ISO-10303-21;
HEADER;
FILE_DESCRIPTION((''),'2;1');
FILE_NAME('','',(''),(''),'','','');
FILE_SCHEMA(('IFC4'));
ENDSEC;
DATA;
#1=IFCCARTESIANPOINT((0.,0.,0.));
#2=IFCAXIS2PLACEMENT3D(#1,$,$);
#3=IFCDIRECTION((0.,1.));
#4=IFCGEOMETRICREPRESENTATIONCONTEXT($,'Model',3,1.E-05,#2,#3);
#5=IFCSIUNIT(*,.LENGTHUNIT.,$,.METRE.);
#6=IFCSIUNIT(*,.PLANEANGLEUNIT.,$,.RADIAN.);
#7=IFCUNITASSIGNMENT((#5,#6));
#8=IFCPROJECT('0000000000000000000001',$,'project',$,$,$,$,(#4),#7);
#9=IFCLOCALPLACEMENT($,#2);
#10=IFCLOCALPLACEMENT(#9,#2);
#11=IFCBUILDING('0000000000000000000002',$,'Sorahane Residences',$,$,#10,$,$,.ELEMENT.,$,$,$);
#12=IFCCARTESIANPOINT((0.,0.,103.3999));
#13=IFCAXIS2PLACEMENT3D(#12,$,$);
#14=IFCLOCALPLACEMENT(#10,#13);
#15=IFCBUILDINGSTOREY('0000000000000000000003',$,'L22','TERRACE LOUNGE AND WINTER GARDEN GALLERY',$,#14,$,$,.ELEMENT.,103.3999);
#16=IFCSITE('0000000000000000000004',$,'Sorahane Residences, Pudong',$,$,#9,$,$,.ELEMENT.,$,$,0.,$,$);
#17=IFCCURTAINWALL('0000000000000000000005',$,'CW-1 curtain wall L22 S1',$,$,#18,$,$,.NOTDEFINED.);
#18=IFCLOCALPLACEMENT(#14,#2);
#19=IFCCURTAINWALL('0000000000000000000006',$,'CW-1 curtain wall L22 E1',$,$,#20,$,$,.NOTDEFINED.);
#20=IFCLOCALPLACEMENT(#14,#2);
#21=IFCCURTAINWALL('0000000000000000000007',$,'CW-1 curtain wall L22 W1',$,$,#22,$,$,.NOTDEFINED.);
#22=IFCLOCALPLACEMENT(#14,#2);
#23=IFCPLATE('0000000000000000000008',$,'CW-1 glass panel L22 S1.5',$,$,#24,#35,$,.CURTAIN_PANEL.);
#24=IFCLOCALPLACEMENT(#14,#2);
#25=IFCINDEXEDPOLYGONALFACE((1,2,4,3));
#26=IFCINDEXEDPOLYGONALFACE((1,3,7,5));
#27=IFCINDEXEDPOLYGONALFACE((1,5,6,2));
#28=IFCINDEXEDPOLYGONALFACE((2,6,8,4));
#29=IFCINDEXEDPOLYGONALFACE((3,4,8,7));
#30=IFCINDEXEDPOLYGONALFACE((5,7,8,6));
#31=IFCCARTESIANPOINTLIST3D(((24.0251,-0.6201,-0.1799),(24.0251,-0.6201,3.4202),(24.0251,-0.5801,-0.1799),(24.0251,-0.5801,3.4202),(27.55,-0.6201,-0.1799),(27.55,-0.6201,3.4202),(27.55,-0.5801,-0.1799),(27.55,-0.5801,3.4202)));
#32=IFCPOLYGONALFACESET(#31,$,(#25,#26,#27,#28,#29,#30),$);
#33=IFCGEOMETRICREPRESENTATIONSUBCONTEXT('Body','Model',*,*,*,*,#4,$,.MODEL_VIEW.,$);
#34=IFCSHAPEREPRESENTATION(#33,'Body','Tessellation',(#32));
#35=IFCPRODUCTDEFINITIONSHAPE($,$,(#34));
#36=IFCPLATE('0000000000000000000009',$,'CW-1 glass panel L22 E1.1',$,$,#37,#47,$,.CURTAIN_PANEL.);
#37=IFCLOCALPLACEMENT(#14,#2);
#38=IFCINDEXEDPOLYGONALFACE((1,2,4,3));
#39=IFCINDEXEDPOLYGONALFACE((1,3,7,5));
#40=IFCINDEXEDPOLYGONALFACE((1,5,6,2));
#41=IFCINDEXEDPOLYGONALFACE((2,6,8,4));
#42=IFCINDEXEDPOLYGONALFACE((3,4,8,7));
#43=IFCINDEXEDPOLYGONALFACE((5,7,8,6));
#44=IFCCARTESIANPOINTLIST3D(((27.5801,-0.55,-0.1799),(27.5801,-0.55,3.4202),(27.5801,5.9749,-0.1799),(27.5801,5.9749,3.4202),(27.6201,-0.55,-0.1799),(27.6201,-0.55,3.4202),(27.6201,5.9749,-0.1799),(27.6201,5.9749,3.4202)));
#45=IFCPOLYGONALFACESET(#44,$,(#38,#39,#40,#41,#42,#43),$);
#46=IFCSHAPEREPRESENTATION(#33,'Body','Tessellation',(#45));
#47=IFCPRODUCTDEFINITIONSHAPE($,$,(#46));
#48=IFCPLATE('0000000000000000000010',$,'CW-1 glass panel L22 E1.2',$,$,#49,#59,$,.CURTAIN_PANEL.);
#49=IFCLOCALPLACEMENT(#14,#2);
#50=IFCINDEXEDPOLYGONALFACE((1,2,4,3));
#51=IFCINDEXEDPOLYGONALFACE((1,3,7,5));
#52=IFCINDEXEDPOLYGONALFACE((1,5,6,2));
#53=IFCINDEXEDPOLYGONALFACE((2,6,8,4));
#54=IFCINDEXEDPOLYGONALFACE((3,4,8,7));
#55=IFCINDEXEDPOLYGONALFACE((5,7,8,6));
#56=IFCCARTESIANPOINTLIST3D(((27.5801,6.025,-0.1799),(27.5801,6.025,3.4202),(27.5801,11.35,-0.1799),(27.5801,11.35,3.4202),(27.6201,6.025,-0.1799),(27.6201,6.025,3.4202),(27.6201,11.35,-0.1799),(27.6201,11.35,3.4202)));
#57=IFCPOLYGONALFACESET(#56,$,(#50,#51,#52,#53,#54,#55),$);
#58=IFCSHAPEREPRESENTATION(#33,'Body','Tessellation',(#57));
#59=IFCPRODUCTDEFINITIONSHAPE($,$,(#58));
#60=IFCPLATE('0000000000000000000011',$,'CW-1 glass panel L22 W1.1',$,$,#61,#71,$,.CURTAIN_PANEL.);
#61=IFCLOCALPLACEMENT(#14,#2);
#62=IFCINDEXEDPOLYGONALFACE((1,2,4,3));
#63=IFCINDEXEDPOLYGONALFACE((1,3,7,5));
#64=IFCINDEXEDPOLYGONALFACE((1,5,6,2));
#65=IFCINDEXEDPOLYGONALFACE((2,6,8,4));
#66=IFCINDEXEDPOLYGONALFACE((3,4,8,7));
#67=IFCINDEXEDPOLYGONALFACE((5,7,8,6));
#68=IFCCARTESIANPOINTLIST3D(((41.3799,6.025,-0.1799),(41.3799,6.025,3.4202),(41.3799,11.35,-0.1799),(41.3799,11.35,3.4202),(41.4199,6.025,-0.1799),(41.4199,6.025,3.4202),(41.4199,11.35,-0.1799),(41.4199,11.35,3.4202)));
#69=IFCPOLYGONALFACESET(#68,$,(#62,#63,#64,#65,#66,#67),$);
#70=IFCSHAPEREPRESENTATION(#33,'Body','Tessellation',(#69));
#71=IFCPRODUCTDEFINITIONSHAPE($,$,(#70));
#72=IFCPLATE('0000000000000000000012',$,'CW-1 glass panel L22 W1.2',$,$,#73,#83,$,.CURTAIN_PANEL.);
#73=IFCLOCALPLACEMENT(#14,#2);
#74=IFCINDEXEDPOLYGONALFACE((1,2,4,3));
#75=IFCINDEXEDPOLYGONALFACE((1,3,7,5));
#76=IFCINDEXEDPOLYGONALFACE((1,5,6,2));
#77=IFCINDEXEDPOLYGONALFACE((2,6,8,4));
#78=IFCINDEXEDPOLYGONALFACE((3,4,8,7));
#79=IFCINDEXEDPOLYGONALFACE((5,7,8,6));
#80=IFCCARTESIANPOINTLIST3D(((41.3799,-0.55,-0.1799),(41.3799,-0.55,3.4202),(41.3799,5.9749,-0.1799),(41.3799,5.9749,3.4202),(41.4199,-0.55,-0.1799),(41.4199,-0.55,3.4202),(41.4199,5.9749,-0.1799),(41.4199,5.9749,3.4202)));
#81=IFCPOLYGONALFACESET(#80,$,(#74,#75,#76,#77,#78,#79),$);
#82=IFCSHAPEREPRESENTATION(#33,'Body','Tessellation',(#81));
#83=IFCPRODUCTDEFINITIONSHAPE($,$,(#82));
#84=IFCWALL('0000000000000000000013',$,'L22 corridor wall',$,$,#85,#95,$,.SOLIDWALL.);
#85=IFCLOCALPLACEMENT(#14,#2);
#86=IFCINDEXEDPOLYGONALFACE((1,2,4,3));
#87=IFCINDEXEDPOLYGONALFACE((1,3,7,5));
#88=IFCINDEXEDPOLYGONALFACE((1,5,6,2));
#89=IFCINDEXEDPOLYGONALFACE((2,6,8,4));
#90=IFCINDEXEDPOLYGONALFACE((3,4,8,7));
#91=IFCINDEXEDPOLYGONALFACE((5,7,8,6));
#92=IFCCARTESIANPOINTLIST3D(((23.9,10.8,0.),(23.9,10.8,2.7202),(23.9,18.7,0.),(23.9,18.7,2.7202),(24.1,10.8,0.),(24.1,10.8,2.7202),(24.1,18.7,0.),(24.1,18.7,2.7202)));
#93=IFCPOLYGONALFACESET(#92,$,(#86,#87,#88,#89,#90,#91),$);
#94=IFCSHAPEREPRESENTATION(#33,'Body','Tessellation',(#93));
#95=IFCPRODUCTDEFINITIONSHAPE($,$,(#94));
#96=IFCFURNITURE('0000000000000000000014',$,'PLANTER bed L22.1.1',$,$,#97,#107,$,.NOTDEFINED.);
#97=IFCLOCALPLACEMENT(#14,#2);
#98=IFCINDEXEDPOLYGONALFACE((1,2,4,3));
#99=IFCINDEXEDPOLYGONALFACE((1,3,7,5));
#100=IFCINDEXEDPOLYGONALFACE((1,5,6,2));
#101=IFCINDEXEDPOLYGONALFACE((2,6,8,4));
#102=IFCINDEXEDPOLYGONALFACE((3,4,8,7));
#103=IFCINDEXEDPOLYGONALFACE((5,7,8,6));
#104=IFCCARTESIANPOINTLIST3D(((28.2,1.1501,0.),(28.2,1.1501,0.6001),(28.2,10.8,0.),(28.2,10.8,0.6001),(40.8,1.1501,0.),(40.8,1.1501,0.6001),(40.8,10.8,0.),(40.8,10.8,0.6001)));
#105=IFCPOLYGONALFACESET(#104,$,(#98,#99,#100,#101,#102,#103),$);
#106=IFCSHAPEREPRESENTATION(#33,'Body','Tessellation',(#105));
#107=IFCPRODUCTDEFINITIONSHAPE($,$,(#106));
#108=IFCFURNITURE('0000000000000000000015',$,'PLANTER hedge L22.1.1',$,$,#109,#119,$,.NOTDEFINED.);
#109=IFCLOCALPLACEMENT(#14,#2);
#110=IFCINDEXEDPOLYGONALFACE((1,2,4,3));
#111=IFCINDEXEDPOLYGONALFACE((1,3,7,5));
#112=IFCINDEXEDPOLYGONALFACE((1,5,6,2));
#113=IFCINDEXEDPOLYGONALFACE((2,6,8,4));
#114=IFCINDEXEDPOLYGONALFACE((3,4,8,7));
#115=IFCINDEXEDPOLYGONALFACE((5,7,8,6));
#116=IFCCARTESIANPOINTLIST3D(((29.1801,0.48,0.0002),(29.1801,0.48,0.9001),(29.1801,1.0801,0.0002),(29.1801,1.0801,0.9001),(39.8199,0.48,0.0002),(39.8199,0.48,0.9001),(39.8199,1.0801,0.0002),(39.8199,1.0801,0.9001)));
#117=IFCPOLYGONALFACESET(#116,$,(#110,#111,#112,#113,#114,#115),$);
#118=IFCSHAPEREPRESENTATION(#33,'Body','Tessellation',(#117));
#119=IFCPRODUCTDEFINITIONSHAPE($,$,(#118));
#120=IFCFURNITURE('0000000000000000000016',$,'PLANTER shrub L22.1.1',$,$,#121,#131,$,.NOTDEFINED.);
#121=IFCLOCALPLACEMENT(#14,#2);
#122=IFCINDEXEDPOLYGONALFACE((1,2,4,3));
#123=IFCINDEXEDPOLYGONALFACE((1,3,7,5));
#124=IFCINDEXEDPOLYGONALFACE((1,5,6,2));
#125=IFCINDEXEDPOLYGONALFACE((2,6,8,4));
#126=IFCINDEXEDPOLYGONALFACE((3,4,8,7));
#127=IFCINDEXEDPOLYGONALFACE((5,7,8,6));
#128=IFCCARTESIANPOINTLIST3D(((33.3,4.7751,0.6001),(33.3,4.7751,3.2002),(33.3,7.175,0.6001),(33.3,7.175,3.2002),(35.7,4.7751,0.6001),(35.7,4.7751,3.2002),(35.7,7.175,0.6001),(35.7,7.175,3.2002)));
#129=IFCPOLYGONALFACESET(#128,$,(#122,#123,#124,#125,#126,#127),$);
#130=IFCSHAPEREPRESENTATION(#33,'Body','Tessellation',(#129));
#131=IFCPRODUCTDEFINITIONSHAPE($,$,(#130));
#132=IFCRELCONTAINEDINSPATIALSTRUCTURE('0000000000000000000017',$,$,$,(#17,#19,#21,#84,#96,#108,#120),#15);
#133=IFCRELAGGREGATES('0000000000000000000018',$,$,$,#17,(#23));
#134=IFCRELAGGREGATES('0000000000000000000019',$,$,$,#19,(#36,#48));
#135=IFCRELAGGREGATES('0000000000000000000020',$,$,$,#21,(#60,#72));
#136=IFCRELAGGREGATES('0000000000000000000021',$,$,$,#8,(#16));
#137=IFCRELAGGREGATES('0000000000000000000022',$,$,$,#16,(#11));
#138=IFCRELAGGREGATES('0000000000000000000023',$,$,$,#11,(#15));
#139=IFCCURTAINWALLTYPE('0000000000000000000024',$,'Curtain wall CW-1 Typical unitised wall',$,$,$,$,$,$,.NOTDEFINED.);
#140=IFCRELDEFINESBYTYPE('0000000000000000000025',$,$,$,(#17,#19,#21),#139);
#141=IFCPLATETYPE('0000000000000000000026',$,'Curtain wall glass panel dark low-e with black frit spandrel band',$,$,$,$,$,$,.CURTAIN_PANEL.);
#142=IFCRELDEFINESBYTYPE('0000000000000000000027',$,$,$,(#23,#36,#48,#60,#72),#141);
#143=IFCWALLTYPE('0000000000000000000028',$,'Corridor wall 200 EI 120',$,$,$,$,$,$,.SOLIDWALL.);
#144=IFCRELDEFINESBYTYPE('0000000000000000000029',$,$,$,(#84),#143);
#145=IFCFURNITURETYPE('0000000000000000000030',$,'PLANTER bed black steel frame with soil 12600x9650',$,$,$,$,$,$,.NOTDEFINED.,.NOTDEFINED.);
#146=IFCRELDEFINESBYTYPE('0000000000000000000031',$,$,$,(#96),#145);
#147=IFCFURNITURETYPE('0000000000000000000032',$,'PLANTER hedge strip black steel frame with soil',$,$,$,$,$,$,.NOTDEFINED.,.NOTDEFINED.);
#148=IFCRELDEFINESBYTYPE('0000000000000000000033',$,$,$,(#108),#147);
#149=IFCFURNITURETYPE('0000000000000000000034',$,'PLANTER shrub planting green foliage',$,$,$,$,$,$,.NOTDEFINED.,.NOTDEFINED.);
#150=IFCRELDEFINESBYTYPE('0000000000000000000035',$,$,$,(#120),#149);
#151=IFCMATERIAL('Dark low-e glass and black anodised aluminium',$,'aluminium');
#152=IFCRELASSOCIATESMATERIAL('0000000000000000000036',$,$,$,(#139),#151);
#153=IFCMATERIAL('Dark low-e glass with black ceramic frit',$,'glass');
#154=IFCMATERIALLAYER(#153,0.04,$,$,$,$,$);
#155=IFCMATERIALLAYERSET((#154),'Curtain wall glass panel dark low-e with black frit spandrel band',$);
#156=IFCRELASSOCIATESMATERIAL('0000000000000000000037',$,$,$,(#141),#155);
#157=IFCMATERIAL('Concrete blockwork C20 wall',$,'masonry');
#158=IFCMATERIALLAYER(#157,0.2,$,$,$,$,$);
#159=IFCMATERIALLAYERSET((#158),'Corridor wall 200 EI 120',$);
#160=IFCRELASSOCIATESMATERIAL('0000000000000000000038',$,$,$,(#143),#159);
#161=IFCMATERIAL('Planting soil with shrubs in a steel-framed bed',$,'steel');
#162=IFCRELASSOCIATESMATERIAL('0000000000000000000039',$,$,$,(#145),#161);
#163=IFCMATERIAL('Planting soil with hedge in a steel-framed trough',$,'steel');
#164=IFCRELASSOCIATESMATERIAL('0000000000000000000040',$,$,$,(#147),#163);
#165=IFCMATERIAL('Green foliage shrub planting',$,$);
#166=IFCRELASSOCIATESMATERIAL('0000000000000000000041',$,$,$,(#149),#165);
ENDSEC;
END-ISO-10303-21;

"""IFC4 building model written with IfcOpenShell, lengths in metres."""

from ifc_helpers import new_model, si_unit, direction, frame, frame_2d, origin, origin_2d, place, context, subcontext, project, spatial, rectangle, extrude, material, layer, layer_set, type_object, element, aggregate, save


model = new_model("IFC4")

# Units and contexts
model_context = context("Model", 3, precision=1e-05, world=origin(), true_north=direction((0.0, 1.0)))
body_context = subcontext(model_context, "Body", "Model", "MODEL_VIEW")
ifc_project = project(units=[si_unit("LENGTHUNIT", "METRE"), si_unit("PLANEANGLEUNIT", "RADIAN")], contexts=[model_context])

# Site, building, storey
site_placement = place(None, origin())
site = spatial("IfcSite", under=ifc_project, at=site_placement, Name="Sorahane Residences, Pudong", CompositionType="ELEMENT", RefElevation=0.0)
building_placement = place(site_placement, origin())
building = spatial("IfcBuilding", under=site, at=building_placement, Name="Sorahane Residences", CompositionType="ELEMENT")
storey_placement = place(building_placement, frame((0.0, 0.0, 103.3999)))
storey = spatial("IfcBuildingStorey", under=building, at=storey_placement, Name="L22", Description="TERRACE LOUNGE AND WINTER GARDEN GALLERY", CompositionType="ELEMENT", Elevation=103.3999)

# Curtain wall
ifc_material_1 = material(Name="Dark low-e glass and black anodised aluminium", Category="aluminium")
curtain_wall_type = type_object("IfcCurtainWallType", Name="Curtain wall CW-1 Typical unitised wall", PredefinedType="NOTDEFINED", material=ifc_material_1)
curtain_wall_1_placement = place(storey_placement, origin())
curtain_wall_1 = element("IfcCurtainWall", 1, at=curtain_wall_1_placement, inside=storey, type_object=curtain_wall_type, Name="CW-1 curtain wall L22 S1", PredefinedType="NOTDEFINED")

# Curtain walls
curtain_wall_2_placement = place(storey_placement, origin())
curtain_wall_2 = element("IfcCurtainWall", 2, at=curtain_wall_2_placement, inside=storey, type_object=curtain_wall_type, Name="CW-1 curtain wall L22 E1", PredefinedType="NOTDEFINED")
curtain_wall_3_placement = place(storey_placement, origin())
curtain_wall_3 = element("IfcCurtainWall", 3, at=curtain_wall_3_placement, inside=storey, type_object=curtain_wall_type, Name="CW-1 curtain wall L22 W1", PredefinedType="NOTDEFINED")

# Plates
ifc_material_2 = material(Name="Dark low-e glass with black ceramic frit", Category="glass")
ifc_layer_1 = layer(ifc_material_2, 0.04)
ifc_layer_set_1 = layer_set([ifc_layer_1], Name="Curtain wall glass panel dark low-e with black frit spandrel band")
plate_type = type_object("IfcPlateType", Name="Curtain wall glass panel dark low-e with black frit spandrel band", PredefinedType="CURTAIN_PANEL", material=ifc_layer_set_1)
plate_1_placement = place(storey_placement, frame((25.7876, -0.6001, -0.1799), z_axis=(0.0, 0.0, 1.0), x_axis=(1.0, 0.0, 0.0)))
plate_1 = element("IfcPlate", 4, at=plate_1_placement, type_object=plate_type, Name="CW-1 glass panel L22 S1.5", PredefinedType="CURTAIN_PANEL", context=body_context, shape_type="SweptSolid", body=[
    extrude(rectangle(XDim=3.5249, YDim=0.04, at=origin_2d()), origin(), (0.0, 0.0, 1.0), 3.6001),
])
aggregate(curtain_wall_1, [plate_1])
plate_2_placement = place(storey_placement, frame((27.6001, 2.7124, -0.1799), z_axis=(0.0, 0.0, 1.0), x_axis=(0.0, 1.0, 0.0)))
plate_2 = element("IfcPlate", 5, at=plate_2_placement, type_object=plate_type, Name="CW-1 glass panel L22 E1.1", PredefinedType="CURTAIN_PANEL", context=body_context, shape_type="SweptSolid", body=[
    extrude(rectangle(XDim=6.5249, YDim=0.04, at=origin_2d()), origin(), (0.0, 0.0, 1.0), 3.6001),
])
plate_3_placement = place(storey_placement, frame((27.6001, 8.6875, -0.1799), z_axis=(0.0, 0.0, 1.0), x_axis=(0.0, 1.0, 0.0)))
plate_3 = element("IfcPlate", 6, at=plate_3_placement, type_object=plate_type, Name="CW-1 glass panel L22 E1.2", PredefinedType="CURTAIN_PANEL", context=body_context, shape_type="SweptSolid", body=[
    extrude(rectangle(XDim=5.325, YDim=0.04, at=origin_2d()), origin(), (0.0, 0.0, 1.0), 3.6001),
])
aggregate(curtain_wall_2, [plate_2, plate_3])
plate_4_placement = place(storey_placement, frame((41.3999, 8.6875, -0.1799), z_axis=(0.0, 0.0, 1.0), x_axis=(0.0, -1.0, 0.0)))
plate_4 = element("IfcPlate", 7, at=plate_4_placement, type_object=plate_type, Name="CW-1 glass panel L22 W1.1", PredefinedType="CURTAIN_PANEL", context=body_context, shape_type="SweptSolid", body=[
    extrude(rectangle(XDim=5.325, YDim=0.04, at=origin_2d()), origin(), (0.0, 0.0, 1.0), 3.6001),
])
plate_5_placement = place(storey_placement, frame((41.3999, 2.7124, -0.1799), z_axis=(0.0, 0.0, 1.0), x_axis=(0.0, -1.0, 0.0)))
plate_5 = element("IfcPlate", 8, at=plate_5_placement, type_object=plate_type, Name="CW-1 glass panel L22 W1.2", PredefinedType="CURTAIN_PANEL", context=body_context, shape_type="SweptSolid", body=[
    extrude(rectangle(XDim=6.5249, YDim=0.04, at=origin_2d()), origin(), (0.0, 0.0, 1.0), 3.6001),
])
aggregate(curtain_wall_3, [plate_4, plate_5])

# Wall
ifc_material_3 = material(Name="Concrete blockwork C20 wall", Category="masonry")
ifc_layer_2 = layer(ifc_material_3, 0.2)
ifc_layer_set_2 = layer_set([ifc_layer_2], Name="Corridor wall 200 EI 120")
wall_type = type_object("IfcWallType", Name="Corridor wall 200 EI 120", PredefinedType="SOLIDWALL", material=ifc_layer_set_2)
wall_placement = place(storey_placement, frame((24.0, 10.8, 0.0), z_axis=(0.0, 0.0, 1.0), x_axis=(0.0, 1.0, 0.0)))
element("IfcWall", 9, at=wall_placement, inside=storey, type_object=wall_type, Name="L22 corridor wall", PredefinedType="SOLIDWALL", context=body_context, shape_type="SweptSolid", body=[
    extrude(rectangle(XDim=7.8999, YDim=0.2, at=frame_2d((3.95, 0.0))), origin(), (0.0, 0.0, 1.0), 2.7202),
])

# Furniture
ifc_material_4 = material(Name="Planting soil with shrubs in a steel-framed bed", Category="steel")
furniture_type_1 = type_object("IfcFurnitureType", Name="PLANTER bed black steel frame with soil 12600x9650", AssemblyPlace="NOTDEFINED", PredefinedType="NOTDEFINED", material=ifc_material_4)
furniture_1_placement = place(storey_placement, frame((34.5, 5.9751, 0.0), z_axis=(0.0, 0.0, 1.0), x_axis=(1.0, 0.0, 0.0)))
element("IfcFurniture", 10, at=furniture_1_placement, inside=storey, type_object=furniture_type_1, Name="PLANTER bed L22.1.1", PredefinedType="NOTDEFINED", context=body_context, shape_type="SweptSolid", body=[
    extrude(rectangle(XDim=12.6001, YDim=9.6499, at=origin_2d()), origin(), (0.0, 0.0, 1.0), 0.6001),
])
ifc_material_5 = material(Name="Planting soil with hedge in a steel-framed trough", Category="steel")
furniture_type_2 = type_object("IfcFurnitureType", Name="PLANTER hedge strip black steel frame with soil", AssemblyPlace="NOTDEFINED", PredefinedType="NOTDEFINED", material=ifc_material_5)
furniture_2_placement = place(storey_placement, frame((34.5, 0.78, 0.0002), z_axis=(0.0, 0.0, 1.0), x_axis=(-1.0, 0.0, 0.0)))
element("IfcFurniture", 11, at=furniture_2_placement, inside=storey, type_object=furniture_type_2, Name="PLANTER hedge L22.1.1", PredefinedType="NOTDEFINED", context=body_context, shape_type="SweptSolid", body=[
    extrude(rectangle(XDim=10.6399, YDim=0.6001, at=origin_2d()), origin(), (0.0, 0.0, 1.0), 0.8999),
])
ifc_material_6 = material(Name="Green foliage shrub planting")
furniture_type_3 = type_object("IfcFurnitureType", Name="PLANTER shrub planting green foliage", AssemblyPlace="NOTDEFINED", PredefinedType="NOTDEFINED", material=ifc_material_6)
furniture_3_placement = place(storey_placement, frame((34.5, 5.9751, 0.6001), z_axis=(0.0, 0.0, 1.0), x_axis=(1.0, 0.0, 0.0)))
element("IfcFurniture", 12, at=furniture_3_placement, inside=storey, type_object=furniture_type_3, Name="PLANTER shrub L22.1.1", PredefinedType="NOTDEFINED", context=body_context, shape_type="SweptSolid", body=[
    extrude(rectangle(XDim=2.3999, YDim=2.3999, at=origin_2d()), origin(), (0.0, 0.0, 1.0), 2.6001),
])

save(model, "model.ifc")
